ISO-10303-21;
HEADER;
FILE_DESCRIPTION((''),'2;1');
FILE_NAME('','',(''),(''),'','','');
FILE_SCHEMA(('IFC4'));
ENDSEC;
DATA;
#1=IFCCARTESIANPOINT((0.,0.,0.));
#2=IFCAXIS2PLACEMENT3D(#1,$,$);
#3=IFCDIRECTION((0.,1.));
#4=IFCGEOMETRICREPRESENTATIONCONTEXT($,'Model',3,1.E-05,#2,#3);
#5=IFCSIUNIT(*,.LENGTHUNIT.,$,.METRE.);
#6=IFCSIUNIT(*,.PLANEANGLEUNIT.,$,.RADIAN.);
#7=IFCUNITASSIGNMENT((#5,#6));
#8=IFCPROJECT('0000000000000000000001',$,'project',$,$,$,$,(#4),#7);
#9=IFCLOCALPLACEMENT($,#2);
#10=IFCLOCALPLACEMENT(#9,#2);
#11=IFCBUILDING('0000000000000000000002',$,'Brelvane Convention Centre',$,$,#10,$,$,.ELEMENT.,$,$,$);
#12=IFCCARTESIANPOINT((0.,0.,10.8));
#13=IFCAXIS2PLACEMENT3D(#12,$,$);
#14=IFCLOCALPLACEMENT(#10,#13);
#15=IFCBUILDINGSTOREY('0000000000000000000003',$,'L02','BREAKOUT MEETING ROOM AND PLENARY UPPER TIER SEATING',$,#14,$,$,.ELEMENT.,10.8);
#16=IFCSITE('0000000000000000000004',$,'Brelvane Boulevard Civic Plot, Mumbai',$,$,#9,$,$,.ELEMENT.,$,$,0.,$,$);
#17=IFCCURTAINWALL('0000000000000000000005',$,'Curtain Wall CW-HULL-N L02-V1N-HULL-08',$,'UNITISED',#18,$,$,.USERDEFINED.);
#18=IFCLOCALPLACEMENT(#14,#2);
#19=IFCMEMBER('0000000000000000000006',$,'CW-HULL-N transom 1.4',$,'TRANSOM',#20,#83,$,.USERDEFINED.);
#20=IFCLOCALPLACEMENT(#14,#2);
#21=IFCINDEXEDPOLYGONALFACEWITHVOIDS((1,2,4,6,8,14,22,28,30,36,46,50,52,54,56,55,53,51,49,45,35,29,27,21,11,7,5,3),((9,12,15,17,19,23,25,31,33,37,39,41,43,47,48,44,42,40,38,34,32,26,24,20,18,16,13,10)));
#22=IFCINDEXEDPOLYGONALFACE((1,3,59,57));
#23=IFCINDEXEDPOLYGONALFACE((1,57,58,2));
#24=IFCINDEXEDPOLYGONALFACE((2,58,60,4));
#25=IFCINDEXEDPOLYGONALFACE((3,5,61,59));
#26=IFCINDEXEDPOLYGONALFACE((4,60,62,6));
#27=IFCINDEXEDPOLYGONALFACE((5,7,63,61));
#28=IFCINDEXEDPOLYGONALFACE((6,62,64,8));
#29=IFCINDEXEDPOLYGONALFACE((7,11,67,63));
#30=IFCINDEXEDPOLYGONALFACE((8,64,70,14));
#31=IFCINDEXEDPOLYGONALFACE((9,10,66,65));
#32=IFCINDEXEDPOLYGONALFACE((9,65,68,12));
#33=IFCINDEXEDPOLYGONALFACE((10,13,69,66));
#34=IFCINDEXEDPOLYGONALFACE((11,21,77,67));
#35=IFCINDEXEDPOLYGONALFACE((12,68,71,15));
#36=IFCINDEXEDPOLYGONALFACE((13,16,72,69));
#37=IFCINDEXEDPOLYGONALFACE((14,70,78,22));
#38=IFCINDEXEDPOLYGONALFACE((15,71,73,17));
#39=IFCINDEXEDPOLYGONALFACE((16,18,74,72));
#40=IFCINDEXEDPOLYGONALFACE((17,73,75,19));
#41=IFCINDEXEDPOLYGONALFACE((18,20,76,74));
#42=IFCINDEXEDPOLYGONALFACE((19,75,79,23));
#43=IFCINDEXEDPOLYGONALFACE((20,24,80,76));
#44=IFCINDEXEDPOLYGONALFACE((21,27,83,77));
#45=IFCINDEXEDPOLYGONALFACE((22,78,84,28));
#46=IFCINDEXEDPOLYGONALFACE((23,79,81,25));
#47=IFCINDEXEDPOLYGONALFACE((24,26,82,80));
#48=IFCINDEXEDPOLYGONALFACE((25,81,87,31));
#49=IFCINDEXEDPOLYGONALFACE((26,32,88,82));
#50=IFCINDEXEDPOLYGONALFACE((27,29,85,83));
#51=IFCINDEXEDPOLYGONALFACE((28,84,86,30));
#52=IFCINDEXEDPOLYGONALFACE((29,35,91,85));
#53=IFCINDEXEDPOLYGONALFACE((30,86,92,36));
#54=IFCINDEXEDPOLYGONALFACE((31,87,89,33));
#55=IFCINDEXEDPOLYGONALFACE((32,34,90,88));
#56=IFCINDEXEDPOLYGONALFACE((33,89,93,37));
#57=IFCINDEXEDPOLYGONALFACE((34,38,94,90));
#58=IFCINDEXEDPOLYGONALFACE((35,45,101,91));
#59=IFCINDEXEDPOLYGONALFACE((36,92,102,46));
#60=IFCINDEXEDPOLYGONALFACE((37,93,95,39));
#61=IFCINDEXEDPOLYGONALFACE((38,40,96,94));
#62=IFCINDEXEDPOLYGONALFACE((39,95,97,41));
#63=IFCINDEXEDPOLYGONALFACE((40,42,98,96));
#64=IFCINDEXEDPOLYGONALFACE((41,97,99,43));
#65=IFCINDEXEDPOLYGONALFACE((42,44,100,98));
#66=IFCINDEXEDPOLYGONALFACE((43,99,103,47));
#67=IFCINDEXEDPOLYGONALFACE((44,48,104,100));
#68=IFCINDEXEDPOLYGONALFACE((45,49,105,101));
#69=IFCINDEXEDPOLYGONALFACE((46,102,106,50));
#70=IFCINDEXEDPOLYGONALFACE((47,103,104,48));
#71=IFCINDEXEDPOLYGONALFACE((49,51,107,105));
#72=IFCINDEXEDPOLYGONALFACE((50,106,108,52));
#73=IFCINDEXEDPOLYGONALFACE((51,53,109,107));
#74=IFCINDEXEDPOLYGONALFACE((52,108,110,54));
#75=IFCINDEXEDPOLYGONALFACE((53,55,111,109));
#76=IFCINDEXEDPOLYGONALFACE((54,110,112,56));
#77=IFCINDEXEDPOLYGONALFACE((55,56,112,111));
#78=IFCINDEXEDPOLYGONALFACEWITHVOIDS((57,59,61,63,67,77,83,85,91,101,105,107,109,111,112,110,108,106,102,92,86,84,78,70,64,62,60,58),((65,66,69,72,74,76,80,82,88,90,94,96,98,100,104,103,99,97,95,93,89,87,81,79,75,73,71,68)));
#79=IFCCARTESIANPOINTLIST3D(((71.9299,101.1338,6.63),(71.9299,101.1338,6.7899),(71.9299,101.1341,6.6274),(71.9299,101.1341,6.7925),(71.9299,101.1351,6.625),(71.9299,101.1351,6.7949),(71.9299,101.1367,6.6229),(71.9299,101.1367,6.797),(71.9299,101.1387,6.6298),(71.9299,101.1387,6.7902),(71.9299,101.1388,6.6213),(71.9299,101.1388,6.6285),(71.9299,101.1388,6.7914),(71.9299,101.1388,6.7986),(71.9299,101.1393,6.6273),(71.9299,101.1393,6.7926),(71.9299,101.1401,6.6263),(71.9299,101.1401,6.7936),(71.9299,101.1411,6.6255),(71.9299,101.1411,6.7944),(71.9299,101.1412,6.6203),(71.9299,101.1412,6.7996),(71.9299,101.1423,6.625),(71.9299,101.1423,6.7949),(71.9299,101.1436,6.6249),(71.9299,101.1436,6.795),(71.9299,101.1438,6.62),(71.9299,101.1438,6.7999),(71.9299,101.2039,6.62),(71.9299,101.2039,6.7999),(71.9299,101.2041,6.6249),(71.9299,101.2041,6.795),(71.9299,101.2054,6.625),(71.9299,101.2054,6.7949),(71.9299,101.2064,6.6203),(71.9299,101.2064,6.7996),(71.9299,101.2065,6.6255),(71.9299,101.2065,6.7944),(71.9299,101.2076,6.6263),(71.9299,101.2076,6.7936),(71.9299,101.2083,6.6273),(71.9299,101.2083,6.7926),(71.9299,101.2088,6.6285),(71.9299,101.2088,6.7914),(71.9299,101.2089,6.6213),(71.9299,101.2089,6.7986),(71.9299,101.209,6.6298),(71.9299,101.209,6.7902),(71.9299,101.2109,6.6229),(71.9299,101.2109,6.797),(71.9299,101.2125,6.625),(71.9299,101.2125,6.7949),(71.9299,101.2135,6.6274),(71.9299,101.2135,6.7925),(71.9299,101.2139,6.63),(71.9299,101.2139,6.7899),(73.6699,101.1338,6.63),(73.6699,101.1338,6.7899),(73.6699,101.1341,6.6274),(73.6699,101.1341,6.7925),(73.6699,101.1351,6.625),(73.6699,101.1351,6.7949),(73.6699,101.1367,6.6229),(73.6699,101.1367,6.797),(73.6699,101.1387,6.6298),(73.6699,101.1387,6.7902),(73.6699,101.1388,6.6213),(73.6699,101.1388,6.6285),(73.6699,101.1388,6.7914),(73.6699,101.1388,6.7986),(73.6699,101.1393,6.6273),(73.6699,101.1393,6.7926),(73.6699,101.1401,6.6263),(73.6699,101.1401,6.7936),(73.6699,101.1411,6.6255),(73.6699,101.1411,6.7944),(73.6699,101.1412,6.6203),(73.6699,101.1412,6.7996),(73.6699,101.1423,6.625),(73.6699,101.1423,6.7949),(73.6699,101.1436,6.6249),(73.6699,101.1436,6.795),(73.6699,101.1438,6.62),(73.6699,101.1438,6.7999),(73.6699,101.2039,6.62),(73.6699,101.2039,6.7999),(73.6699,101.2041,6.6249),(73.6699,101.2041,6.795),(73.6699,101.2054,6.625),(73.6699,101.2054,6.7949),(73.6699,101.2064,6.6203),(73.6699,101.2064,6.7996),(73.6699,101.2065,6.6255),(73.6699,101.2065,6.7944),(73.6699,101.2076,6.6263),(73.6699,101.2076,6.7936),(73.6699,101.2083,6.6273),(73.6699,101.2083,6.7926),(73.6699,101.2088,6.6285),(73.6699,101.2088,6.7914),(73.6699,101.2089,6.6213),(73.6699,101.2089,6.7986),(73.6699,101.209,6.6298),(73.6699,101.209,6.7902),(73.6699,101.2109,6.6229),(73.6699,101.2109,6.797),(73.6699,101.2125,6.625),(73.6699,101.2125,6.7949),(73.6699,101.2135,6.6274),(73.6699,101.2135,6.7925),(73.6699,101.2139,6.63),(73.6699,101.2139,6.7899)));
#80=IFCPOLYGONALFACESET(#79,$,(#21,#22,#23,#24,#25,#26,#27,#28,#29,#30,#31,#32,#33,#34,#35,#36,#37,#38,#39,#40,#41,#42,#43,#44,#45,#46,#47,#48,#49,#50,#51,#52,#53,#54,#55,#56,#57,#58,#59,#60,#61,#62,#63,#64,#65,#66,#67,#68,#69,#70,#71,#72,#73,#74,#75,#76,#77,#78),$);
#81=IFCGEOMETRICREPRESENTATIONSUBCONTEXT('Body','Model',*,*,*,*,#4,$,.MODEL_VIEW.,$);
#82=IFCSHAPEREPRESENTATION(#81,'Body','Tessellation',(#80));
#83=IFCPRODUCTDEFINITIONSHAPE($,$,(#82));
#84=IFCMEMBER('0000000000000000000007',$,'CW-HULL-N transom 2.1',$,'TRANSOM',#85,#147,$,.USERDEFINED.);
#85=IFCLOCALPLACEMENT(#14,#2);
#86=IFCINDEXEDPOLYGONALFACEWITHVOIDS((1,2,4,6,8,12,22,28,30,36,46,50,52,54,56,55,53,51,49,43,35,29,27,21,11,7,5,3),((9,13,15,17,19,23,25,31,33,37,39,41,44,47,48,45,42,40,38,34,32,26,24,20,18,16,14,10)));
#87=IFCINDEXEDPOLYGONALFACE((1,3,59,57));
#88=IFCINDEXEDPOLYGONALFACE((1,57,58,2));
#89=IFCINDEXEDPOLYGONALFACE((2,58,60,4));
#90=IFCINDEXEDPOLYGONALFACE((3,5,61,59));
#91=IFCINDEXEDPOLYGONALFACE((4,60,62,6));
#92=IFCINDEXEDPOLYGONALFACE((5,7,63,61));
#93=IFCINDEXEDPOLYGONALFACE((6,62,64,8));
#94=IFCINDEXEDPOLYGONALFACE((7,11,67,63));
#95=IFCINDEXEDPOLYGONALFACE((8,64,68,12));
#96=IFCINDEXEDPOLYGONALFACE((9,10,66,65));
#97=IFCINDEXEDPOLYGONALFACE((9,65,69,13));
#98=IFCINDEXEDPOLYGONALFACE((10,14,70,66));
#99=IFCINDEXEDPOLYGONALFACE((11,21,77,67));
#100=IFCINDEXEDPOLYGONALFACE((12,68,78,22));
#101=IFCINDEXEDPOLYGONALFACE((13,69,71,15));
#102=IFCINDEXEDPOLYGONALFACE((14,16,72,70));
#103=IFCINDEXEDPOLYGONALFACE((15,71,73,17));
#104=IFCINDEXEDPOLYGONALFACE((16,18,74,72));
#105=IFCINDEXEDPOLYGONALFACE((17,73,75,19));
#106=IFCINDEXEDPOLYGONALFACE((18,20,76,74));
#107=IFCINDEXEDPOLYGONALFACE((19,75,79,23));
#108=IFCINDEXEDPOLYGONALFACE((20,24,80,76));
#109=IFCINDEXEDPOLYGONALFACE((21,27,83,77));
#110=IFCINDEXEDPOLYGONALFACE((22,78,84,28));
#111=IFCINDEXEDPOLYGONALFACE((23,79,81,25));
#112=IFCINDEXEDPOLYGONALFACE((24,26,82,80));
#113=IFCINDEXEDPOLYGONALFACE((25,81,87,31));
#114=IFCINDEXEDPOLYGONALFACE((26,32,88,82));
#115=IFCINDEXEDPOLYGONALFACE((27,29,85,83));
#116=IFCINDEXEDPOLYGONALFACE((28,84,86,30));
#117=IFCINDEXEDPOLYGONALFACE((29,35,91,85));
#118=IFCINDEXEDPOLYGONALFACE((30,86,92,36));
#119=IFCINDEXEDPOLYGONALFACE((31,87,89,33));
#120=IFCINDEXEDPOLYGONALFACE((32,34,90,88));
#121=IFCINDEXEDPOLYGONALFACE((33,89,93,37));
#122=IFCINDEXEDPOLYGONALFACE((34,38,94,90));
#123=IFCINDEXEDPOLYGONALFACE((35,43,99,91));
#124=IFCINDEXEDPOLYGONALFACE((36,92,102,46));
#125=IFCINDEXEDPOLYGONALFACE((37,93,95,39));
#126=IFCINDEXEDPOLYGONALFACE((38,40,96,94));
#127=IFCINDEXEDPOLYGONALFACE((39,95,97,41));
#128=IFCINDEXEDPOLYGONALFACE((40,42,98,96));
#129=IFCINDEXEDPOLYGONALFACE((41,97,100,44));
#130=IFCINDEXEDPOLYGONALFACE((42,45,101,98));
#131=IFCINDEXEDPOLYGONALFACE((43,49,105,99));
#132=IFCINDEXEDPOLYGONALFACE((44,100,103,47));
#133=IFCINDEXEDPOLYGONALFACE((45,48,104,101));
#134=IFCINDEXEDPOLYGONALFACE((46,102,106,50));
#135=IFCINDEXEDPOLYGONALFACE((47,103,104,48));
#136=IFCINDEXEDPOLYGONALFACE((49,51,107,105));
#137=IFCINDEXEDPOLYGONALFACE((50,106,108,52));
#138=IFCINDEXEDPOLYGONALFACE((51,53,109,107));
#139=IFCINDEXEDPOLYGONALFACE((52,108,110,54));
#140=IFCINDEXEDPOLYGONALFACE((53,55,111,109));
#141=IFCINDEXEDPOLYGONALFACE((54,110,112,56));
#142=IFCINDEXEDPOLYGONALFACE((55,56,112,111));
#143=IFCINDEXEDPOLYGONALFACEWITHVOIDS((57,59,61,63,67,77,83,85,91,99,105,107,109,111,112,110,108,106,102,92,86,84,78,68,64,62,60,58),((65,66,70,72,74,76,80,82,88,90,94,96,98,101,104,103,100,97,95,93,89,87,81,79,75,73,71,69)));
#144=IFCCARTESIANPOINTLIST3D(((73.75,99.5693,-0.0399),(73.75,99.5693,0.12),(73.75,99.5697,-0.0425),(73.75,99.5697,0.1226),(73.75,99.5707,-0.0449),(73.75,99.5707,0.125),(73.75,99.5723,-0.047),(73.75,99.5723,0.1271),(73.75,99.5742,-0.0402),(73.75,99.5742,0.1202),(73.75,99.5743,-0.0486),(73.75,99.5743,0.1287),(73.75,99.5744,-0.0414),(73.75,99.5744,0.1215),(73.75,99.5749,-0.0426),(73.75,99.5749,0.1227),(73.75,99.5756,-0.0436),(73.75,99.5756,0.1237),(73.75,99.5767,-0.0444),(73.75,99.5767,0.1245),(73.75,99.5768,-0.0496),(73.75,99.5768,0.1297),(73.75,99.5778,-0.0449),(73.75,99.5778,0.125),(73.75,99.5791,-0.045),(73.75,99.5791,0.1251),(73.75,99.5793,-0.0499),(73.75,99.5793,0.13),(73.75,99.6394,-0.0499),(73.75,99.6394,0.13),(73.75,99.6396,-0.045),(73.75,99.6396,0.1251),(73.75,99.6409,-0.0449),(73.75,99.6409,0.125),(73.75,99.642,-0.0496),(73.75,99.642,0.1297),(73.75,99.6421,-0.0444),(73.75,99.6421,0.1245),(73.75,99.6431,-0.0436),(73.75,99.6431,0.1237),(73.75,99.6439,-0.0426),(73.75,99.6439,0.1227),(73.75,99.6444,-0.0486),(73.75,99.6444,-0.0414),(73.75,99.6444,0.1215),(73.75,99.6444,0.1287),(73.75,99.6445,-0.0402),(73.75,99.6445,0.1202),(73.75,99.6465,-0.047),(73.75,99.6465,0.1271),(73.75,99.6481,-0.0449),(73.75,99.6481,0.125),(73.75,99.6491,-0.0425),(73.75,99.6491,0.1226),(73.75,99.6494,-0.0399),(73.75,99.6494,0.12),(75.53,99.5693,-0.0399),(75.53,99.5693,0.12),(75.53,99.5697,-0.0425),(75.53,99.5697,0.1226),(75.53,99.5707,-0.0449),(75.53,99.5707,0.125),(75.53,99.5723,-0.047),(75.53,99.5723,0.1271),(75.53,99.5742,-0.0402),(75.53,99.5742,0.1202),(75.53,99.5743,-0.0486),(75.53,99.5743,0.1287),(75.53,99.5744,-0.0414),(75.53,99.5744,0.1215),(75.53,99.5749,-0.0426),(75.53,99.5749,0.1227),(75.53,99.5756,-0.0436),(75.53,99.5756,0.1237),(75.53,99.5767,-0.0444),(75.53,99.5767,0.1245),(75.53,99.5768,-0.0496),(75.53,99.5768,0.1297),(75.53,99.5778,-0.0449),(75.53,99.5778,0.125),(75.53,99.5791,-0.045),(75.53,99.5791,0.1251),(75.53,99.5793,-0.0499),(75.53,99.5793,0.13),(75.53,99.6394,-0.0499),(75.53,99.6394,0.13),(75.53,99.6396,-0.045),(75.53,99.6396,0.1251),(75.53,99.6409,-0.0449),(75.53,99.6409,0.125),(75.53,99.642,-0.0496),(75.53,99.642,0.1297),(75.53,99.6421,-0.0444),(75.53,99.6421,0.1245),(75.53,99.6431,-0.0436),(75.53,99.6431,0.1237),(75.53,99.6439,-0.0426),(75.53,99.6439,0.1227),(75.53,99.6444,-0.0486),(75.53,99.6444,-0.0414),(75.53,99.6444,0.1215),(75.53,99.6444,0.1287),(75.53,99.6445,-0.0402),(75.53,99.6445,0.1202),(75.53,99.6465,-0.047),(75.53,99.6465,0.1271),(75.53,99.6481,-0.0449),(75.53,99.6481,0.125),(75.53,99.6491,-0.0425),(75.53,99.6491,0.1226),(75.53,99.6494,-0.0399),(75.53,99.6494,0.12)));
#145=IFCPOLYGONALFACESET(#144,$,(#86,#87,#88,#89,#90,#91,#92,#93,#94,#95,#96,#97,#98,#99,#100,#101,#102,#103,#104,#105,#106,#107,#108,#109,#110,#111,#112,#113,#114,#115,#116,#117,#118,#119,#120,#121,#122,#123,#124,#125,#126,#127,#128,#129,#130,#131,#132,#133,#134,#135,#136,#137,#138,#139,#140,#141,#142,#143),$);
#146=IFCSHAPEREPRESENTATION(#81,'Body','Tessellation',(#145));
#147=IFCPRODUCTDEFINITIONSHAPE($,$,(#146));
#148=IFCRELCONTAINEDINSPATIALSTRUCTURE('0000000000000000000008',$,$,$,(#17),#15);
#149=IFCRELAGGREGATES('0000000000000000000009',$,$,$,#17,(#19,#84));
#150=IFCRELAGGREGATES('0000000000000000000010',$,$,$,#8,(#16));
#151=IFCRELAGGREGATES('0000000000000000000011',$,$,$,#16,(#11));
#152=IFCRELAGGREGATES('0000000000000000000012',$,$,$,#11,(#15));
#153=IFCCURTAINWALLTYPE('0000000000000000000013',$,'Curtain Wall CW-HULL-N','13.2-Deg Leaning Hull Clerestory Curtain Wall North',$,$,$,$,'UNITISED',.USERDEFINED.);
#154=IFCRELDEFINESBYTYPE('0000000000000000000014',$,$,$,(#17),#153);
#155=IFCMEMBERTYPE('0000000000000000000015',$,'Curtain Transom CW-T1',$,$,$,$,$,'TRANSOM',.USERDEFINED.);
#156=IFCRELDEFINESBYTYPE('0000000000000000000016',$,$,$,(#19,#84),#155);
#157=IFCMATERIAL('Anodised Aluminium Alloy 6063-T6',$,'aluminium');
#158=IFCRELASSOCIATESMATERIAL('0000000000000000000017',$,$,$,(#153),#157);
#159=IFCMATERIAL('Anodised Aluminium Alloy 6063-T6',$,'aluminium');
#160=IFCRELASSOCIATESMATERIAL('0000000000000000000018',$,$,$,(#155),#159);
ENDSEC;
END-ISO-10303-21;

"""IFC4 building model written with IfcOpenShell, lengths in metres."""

from ifc_helpers import new_model, si_unit, direction, frame, origin, origin_2d, place, context, subcontext, project, spatial, hollow_rectangle, extrude, material, material_profile, profile_set, type_object, element, aggregate, save


model = new_model("IFC4")

# Units and contexts
model_context = context("Model", 3, precision=1e-05, world=origin(), true_north=direction((0.0, 1.0)))
body_context = subcontext(model_context, "Body", "Model", "MODEL_VIEW")
ifc_project = project(units=[si_unit("LENGTHUNIT", "METRE"), si_unit("PLANEANGLEUNIT", "RADIAN")], contexts=[model_context])

# Site, building, storey
site_placement = place(None, origin())
site = spatial("IfcSite", under=ifc_project, at=site_placement, Name="Brelvane Boulevard Civic Plot, Mumbai", CompositionType="ELEMENT", RefElevation=0.0)
building_placement = place(site_placement, origin())
building = spatial("IfcBuilding", under=site, at=building_placement, Name="Brelvane Convention Centre", CompositionType="ELEMENT")
storey_placement = place(building_placement, frame((0.0, 0.0, 10.8)))
storey = spatial("IfcBuildingStorey", under=building, at=storey_placement, Name="L02", Description="BREAKOUT MEETING ROOM AND PLENARY UPPER TIER SEATING", CompositionType="ELEMENT", Elevation=10.8)

# Shared definitions
ifc_material_1 = material(Name="Anodised Aluminium Alloy 6063-T6", Category="aluminium")
curtain_wall_type = type_object("IfcCurtainWallType", Name="Curtain Wall CW-HULL-N", Description="13.2-Deg Leaning Hull Clerestory Curtain Wall North", ElementType="UNITISED", PredefinedType="USERDEFINED", material=ifc_material_1)

# Curtain wall
curtain_wall_1_placement = place(storey_placement, origin())
curtain_wall_1 = element("IfcCurtainWall", 1, at=curtain_wall_1_placement, inside=storey, type_object=curtain_wall_type, Name="Curtain Wall CW-HULL-N L02-V1N-HULL-08", ObjectType="UNITISED", PredefinedType="USERDEFINED")

# Members
ifc_material_2 = material(Name="Anodised Aluminium Alloy 6063-T6", Category="aluminium")
ifc_material_profile_1 = material_profile(ifc_material_2, hollow_rectangle(XDim=0.0801, YDim=0.1799, WallThickness=0.0049, InnerFilletRadius=0.0049, OuterFilletRadius=0.01, at=origin_2d()), Name="ALU-T 180x80x5.0")
ifc_profile_set_1 = profile_set([ifc_material_profile_1], Name="Anodised Aluminium Alloy 6063-T6")
member_type_1 = type_object("IfcMemberType", Name="Curtain Transom CW-T1", ElementType="TRANSOM", PredefinedType="USERDEFINED", material=ifc_profile_set_1)
member_1_placement = place(storey_placement, frame((71.9299, 101.1738, 6.71), z_axis=(1.0, 0.0, 0.0), x_axis=(0.0, 1.0, 0.0)))
member_1 = element("IfcMember", 2, at=member_1_placement, type_object=member_type_1, Name="CW-HULL-N transom 1.4", ObjectType="TRANSOM", PredefinedType="USERDEFINED", context=body_context, shape_type="SweptSolid", body=[
    extrude(hollow_rectangle(XDim=0.0801, YDim=0.1799, WallThickness=0.0049, InnerFilletRadius=0.0049, OuterFilletRadius=0.01, at=origin_2d()), origin(), (0.0, 0.0, 1.0), 1.74),
])
member_2_placement = place(storey_placement, frame((73.75, 99.6094, 0.04), z_axis=(1.0, 0.0, 0.0), x_axis=(0.0, 1.0, 0.0)))
member_2 = element("IfcMember", 3, at=member_2_placement, type_object=member_type_1, Name="CW-HULL-N transom 2.1", ObjectType="TRANSOM", PredefinedType="USERDEFINED", context=body_context, shape_type="SweptSolid", body=[
    extrude(hollow_rectangle(XDim=0.0801, YDim=0.1799, WallThickness=0.0049, InnerFilletRadius=0.0049, OuterFilletRadius=0.01, at=origin_2d()), origin(), (0.0, 0.0, 1.0), 1.78),
])

aggregate(curtain_wall_1, [member_1, member_2])

save(model, "model.ifc")
